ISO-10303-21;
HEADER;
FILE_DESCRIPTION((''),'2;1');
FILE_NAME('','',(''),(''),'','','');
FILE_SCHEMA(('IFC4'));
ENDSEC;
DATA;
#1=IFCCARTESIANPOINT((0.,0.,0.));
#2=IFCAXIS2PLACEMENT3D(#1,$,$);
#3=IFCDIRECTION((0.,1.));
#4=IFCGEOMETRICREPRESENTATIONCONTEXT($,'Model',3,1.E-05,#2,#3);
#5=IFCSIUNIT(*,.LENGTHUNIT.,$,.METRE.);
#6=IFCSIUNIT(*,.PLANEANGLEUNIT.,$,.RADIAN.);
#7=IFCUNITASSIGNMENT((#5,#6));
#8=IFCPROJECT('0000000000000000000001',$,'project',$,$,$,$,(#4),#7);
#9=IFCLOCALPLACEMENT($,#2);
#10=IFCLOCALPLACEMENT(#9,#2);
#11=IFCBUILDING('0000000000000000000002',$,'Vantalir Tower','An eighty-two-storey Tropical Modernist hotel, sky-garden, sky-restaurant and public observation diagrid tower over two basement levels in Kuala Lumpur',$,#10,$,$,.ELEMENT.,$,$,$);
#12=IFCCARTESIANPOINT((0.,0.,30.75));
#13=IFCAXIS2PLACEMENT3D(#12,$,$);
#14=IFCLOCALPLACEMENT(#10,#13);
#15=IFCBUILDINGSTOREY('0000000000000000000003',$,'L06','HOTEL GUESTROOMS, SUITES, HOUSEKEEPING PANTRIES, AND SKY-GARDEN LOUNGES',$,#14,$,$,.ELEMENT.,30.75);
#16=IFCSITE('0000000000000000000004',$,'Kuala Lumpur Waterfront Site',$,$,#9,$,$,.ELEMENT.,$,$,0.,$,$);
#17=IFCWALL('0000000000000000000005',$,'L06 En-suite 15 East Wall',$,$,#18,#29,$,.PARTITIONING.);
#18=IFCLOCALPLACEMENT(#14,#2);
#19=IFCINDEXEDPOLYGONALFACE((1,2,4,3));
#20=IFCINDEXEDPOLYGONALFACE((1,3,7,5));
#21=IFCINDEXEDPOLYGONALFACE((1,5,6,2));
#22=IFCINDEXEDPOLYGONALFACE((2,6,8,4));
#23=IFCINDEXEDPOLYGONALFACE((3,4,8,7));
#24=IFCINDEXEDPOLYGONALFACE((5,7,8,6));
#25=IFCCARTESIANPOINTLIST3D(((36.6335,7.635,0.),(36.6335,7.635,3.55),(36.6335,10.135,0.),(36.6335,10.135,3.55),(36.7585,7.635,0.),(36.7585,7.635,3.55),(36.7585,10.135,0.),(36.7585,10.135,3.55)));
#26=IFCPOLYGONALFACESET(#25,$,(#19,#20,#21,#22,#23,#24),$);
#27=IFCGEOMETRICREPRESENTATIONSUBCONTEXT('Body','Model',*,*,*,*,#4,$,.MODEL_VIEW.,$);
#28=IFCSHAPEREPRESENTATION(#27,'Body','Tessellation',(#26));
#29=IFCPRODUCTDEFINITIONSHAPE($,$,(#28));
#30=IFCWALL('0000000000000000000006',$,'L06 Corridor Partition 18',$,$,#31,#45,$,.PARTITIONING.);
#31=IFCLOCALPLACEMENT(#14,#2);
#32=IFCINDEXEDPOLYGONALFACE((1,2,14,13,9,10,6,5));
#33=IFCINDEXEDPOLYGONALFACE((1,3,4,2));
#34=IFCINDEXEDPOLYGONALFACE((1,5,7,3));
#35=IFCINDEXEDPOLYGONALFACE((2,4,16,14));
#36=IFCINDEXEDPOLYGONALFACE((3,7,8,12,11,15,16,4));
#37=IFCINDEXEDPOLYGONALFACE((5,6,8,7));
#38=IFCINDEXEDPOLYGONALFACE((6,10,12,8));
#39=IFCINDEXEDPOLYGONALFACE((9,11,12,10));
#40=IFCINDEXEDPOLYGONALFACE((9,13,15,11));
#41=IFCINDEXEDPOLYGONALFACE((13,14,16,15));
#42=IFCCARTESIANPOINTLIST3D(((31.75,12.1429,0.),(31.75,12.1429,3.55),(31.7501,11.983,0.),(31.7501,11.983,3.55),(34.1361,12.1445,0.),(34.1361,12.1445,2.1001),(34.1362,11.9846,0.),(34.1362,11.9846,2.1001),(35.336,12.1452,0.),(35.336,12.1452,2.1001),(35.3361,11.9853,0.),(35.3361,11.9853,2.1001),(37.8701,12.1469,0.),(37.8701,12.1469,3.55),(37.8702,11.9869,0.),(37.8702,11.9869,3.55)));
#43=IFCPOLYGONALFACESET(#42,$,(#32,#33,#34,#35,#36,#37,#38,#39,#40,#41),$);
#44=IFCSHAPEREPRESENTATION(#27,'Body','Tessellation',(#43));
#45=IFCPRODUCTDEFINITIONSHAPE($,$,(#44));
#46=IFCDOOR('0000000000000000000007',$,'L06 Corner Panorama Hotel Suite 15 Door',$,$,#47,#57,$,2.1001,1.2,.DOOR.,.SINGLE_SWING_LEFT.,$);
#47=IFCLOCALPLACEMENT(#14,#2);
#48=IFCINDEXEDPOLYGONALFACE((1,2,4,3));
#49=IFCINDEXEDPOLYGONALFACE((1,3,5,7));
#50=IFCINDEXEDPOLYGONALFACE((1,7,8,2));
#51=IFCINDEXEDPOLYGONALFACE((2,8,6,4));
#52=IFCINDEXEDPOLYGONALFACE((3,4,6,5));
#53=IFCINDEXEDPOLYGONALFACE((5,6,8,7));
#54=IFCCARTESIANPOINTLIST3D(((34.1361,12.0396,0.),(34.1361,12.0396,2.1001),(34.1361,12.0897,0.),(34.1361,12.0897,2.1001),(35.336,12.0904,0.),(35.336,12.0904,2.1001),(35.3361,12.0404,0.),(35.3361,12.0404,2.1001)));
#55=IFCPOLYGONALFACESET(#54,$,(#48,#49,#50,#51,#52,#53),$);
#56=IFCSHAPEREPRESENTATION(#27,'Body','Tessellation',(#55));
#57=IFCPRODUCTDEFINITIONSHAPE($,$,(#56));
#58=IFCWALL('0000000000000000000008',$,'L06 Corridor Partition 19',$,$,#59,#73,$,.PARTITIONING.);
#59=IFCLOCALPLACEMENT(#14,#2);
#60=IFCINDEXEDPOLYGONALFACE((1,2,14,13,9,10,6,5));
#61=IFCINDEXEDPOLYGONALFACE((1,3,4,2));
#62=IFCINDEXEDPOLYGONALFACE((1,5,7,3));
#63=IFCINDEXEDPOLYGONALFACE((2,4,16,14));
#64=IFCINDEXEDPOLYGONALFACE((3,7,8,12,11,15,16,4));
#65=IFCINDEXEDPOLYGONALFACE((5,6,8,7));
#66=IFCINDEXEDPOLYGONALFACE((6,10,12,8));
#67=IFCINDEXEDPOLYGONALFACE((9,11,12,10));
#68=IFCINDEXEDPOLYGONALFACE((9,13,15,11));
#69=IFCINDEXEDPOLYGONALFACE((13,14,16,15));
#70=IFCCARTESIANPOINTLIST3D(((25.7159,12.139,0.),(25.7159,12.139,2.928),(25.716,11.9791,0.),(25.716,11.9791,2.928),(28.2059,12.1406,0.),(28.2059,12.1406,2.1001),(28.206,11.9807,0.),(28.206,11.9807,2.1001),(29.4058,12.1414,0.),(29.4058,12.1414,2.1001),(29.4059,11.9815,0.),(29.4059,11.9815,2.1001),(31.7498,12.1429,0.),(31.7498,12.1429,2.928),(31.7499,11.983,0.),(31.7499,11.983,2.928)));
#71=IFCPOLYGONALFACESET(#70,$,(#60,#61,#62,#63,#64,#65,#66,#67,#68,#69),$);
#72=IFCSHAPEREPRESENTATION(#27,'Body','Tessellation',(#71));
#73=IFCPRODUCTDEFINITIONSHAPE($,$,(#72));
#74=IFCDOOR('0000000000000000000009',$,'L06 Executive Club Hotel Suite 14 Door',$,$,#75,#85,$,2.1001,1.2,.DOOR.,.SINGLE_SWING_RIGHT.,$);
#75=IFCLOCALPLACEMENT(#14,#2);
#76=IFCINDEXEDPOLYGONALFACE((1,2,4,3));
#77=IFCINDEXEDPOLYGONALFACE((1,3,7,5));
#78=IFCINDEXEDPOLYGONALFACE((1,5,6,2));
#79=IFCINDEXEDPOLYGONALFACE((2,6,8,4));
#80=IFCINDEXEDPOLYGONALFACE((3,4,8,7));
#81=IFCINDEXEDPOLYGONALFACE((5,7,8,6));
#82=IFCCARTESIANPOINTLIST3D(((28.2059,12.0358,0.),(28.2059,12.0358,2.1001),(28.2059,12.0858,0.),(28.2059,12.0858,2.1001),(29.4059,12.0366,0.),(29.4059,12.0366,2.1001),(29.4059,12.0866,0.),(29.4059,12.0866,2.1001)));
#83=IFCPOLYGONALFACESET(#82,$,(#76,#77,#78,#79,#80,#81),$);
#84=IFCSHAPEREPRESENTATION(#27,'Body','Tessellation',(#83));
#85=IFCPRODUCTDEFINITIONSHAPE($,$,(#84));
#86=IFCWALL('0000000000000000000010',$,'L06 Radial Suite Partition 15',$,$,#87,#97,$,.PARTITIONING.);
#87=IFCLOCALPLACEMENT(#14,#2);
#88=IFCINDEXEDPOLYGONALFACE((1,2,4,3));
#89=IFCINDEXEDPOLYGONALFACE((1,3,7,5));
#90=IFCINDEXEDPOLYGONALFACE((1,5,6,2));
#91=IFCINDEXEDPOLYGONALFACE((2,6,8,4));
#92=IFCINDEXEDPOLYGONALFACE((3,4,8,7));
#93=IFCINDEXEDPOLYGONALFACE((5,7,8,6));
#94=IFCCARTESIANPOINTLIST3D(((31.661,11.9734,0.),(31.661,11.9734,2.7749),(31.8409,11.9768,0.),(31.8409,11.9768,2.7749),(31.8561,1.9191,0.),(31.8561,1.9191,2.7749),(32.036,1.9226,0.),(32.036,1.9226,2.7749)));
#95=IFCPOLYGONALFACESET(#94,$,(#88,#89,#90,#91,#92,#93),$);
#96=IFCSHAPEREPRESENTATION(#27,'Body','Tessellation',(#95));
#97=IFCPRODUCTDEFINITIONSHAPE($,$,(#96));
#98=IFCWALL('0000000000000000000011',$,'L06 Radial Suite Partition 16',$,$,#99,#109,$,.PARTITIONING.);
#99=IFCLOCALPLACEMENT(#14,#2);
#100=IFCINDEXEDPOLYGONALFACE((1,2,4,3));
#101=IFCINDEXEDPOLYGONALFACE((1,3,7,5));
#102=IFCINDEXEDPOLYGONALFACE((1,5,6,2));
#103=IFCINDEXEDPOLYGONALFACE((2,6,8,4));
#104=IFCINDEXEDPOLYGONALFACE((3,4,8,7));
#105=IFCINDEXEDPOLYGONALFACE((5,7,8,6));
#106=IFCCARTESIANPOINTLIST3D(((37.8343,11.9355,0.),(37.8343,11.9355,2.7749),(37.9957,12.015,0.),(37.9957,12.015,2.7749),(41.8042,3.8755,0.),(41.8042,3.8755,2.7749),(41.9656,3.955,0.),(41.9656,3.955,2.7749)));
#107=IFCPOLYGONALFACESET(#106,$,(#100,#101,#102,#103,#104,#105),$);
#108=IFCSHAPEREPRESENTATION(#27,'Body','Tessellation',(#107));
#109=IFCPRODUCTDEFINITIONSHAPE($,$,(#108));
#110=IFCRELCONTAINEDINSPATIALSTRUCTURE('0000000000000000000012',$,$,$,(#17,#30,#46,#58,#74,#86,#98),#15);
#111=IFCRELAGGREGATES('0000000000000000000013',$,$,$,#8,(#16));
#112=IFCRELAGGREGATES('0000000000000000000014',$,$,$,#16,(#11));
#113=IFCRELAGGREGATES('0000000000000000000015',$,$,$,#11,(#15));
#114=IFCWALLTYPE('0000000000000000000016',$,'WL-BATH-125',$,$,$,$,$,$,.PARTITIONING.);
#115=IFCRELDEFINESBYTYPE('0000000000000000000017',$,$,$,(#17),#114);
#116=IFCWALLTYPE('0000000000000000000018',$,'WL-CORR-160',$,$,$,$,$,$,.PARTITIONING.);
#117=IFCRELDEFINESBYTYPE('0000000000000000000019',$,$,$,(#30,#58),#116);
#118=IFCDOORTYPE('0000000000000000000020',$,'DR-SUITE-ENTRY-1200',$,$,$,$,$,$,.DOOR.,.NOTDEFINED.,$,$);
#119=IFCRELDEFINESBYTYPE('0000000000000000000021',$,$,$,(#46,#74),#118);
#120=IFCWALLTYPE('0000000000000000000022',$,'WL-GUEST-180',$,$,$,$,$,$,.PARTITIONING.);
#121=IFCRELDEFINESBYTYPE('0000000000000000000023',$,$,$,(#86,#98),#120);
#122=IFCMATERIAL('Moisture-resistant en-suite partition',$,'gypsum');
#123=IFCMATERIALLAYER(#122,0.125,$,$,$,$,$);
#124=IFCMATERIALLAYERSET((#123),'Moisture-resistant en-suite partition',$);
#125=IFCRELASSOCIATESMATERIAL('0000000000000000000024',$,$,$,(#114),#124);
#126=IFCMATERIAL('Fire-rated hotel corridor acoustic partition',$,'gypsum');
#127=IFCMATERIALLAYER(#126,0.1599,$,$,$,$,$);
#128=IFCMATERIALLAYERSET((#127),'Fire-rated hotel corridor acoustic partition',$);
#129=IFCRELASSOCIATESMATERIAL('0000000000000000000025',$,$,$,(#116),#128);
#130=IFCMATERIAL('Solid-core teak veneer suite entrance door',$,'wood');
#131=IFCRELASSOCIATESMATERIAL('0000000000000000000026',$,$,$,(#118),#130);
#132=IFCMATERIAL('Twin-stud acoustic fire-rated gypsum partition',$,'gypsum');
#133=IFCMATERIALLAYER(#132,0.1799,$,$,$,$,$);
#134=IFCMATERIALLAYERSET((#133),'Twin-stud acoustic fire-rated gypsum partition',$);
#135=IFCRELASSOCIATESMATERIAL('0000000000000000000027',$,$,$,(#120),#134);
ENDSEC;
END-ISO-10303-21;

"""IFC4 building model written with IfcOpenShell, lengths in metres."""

from ifc_helpers import new_model, si_unit, direction, frame, frame_2d, origin, place, context, subcontext, project, spatial, rectangle, extrude, material, layer, layer_set, type_object, element, fill, save


model = new_model("IFC4")

# Units and contexts
model_context = context("Model", 3, precision=1e-05, world=origin(), true_north=direction((0.0, 1.0)))
body_context = subcontext(model_context, "Body", "Model", "MODEL_VIEW")
ifc_project = project(units=[si_unit("LENGTHUNIT", "METRE"), si_unit("PLANEANGLEUNIT", "RADIAN")], contexts=[model_context])

# Site, building, storey
site_placement = place(None, origin())
site = spatial("IfcSite", under=ifc_project, at=site_placement, Name="Kuala Lumpur Waterfront Site", CompositionType="ELEMENT", RefElevation=0.0)
building_placement = place(site_placement, origin())
building = spatial("IfcBuilding", under=site, at=building_placement, Name="Vantalir Tower", Description="An eighty-two-storey Tropical Modernist hotel, sky-garden, sky-restaurant and public observation diagrid tower over two basement levels in Kuala Lumpur", CompositionType="ELEMENT")
storey_placement = place(building_placement, frame((0.0, 0.0, 30.75)))
storey = spatial("IfcBuildingStorey", under=building, at=storey_placement, Name="L06", Description="HOTEL GUESTROOMS, SUITES, HOUSEKEEPING PANTRIES, AND SKY-GARDEN LOUNGES", CompositionType="ELEMENT", Elevation=30.75)

# Shared definitions
ifc_material_1 = material(Name="Moisture-resistant en-suite partition", Category="gypsum")
ifc_layer_1 = layer(ifc_material_1, 0.125)
ifc_layer_set_1 = layer_set([ifc_layer_1], Name="Moisture-resistant en-suite partition")
wall_type_1 = type_object("IfcWallType", Name="WL-BATH-125", PredefinedType="PARTITIONING", material=ifc_layer_set_1)

# Wall
for number, where, z_axis, x_axis, name in (
    (1, (36.696, 7.635, 0.0), (0.0, 0.0, 1.0), (0.0, 1.0, 0.0), "L06 En-suite 15 East Wall"),
):
    element("IfcWall", number, at=place(storey_placement, frame(where, z_axis=z_axis, x_axis=x_axis)), inside=storey, type_object=wall_type_1, Name=name, PredefinedType="PARTITIONING", context=body_context, shape_type="SweptSolid", body=[
        extrude(rectangle(XDim=2.5, YDim=0.125, at=frame_2d((1.25, 0.0))), origin(), (0.0, 0.0, 1.0), 3.55),
    ])

# Walls, openings, doors
ifc_material_2 = material(Name="Fire-rated hotel corridor acoustic partition", Category="gypsum")
ifc_layer_2 = layer(ifc_material_2, 0.1599)
ifc_layer_set_2 = layer_set([ifc_layer_2], Name="Fire-rated hotel corridor acoustic partition")
wall_type_2 = type_object("IfcWallType", Name="WL-CORR-160", PredefinedType="PARTITIONING", material=ifc_layer_set_2)
wall_1_placement = place(storey_placement, frame((37.8701, 12.0669, 0.0), z_axis=(0.0, 0.0, 1.0), x_axis=(-1.0, -0.000638, 0.0)))
wall_1 = element("IfcWall", 2, at=wall_1_placement, inside=storey, type_object=wall_type_2, Name="L06 Corridor Partition 18", PredefinedType="PARTITIONING", context=body_context, shape_type="SweptSolid", body=[
    extrude(rectangle(XDim=6.1201, YDim=0.1599, at=frame_2d((3.0601, 0.0))), origin(), (0.0, 0.0, 1.0), 3.55),
])
opening_1_placement = place(wall_1_placement, frame((2.5339, 0.0, 0.0)))
opening_1 = element("IfcOpeningElement", 3, at=opening_1_placement, cuts=wall_1, PredefinedType="OPENING", context=body_context, shape_type="SweptSolid", body=[
    extrude(rectangle(XDim=1.2, YDim=2.1001, at=frame_2d((0.6001, 1.05))), frame((0.0, 0.0898, 0.0), z_axis=(0.0, -1.0, 0.0), x_axis=(1.0, 0.0, 0.0)), (0.0, 0.0, 1.0), 0.1799),
])
ifc_material_3 = material(Name="Solid-core teak veneer suite entrance door", Category="wood")
door_type_1 = type_object("IfcDoorType", Name="DR-SUITE-ENTRY-1200", OperationType="NOTDEFINED", PredefinedType="DOOR", material=ifc_material_3)
door_1_placement = place(opening_1_placement, origin())
door_1 = element("IfcDoor", 4, at=door_1_placement, inside=storey, type_object=door_type_1, Name="L06 Corner Panorama Hotel Suite 15 Door", OperationType="SINGLE_SWING_LEFT", OverallHeight=2.1001, OverallWidth=1.2, PredefinedType="DOOR", context=body_context, shape_type="SweptSolid", body=[
    extrude(rectangle(XDim=1.2, YDim=2.1001, at=frame_2d((0.6001, 1.05))), frame((0.0, 0.0249, 0.0), z_axis=(0.0, -1.0, 0.0), x_axis=(1.0, 0.0, 0.0)), (0.0, 0.0, 1.0), 0.05),
])
fill(opening_1, door_1)
wall_2_placement = place(storey_placement, frame((31.75, 12.063, 0.0), z_axis=(0.0, 0.0, 1.0), x_axis=(-1.0, -0.000647, 0.0)))
wall_2 = element("IfcWall", 5, at=wall_2_placement, inside=storey, type_object=wall_type_2, Name="L06 Corridor Partition 19", PredefinedType="PARTITIONING", context=body_context, shape_type="SweptSolid", body=[
    extrude(rectangle(XDim=6.0339, YDim=0.1599, at=frame_2d((3.0171, 0.0))), origin(), (0.0, 0.0, 1.0), 2.928),
])
opening_2_placement = place(wall_2_placement, frame((2.344, 0.0, 0.0)))
opening_2 = element("IfcOpeningElement", 6, at=opening_2_placement, cuts=wall_2, PredefinedType="OPENING", context=body_context, shape_type="SweptSolid", body=[
    extrude(rectangle(XDim=1.2, YDim=2.1001, at=frame_2d((0.6001, 1.05))), frame((0.0, 0.0898, 0.0), z_axis=(0.0, -1.0, 0.0), x_axis=(1.0, 0.0, 0.0)), (0.0, 0.0, 1.0), 0.1799),
])
door_2_placement = place(opening_2_placement, origin())
door_2 = element("IfcDoor", 7, at=door_2_placement, inside=storey, type_object=door_type_1, Name="L06 Executive Club Hotel Suite 14 Door", OperationType="SINGLE_SWING_RIGHT", OverallHeight=2.1001, OverallWidth=1.2, PredefinedType="DOOR", context=body_context, shape_type="SweptSolid", body=[
    extrude(rectangle(XDim=1.2, YDim=2.1001, at=frame_2d((0.6001, 1.05))), frame((0.0, 0.0249, 0.0), z_axis=(0.0, -1.0, 0.0), x_axis=(1.0, 0.0, 0.0)), (0.0, 0.0, 1.0), 0.05),
])
fill(opening_2, door_2)

# Walls
ifc_material_4 = material(Name="Twin-stud acoustic fire-rated gypsum partition", Category="gypsum")
ifc_layer_3 = layer(ifc_material_4, 0.1799)
ifc_layer_set_3 = layer_set([ifc_layer_3], Name="Twin-stud acoustic fire-rated gypsum partition")
wall_type_3 = type_object("IfcWallType", Name="WL-GUEST-180", PredefinedType="PARTITIONING", material=ifc_layer_set_3)
wall_3_placement = place(storey_placement, frame((31.751, 11.9751, 0.0), z_axis=(0.0, 0.0, 1.0), x_axis=(0.019398, -0.999812, 0.0)))
element("IfcWall", 8, at=wall_3_placement, inside=storey, type_object=wall_type_3, Name="L06 Radial Suite Partition 15", PredefinedType="PARTITIONING", context=body_context, shape_type="SweptSolid", body=[
    extrude(rectangle(XDim=10.0562, YDim=0.1799, at=frame_2d((5.0281, 0.0))), origin(), (0.0, 0.0, 1.0), 2.7749),
])
wall_4_placement = place(storey_placement, frame((37.915, 11.9751, 0.0), z_axis=(0.0, 0.0, 1.0), x_axis=(0.441858, -0.897085, 0.0)))
element("IfcWall", 9, at=wall_4_placement, inside=storey, type_object=wall_type_3, Name="L06 Radial Suite Partition 16", PredefinedType="PARTITIONING", context=body_context, shape_type="SweptSolid", body=[
    extrude(rectangle(XDim=8.9846, YDim=0.1799, at=frame_2d((4.4922, 0.0))), origin(), (0.0, 0.0, 1.0), 2.7749),
])

save(model, "model.ifc")
